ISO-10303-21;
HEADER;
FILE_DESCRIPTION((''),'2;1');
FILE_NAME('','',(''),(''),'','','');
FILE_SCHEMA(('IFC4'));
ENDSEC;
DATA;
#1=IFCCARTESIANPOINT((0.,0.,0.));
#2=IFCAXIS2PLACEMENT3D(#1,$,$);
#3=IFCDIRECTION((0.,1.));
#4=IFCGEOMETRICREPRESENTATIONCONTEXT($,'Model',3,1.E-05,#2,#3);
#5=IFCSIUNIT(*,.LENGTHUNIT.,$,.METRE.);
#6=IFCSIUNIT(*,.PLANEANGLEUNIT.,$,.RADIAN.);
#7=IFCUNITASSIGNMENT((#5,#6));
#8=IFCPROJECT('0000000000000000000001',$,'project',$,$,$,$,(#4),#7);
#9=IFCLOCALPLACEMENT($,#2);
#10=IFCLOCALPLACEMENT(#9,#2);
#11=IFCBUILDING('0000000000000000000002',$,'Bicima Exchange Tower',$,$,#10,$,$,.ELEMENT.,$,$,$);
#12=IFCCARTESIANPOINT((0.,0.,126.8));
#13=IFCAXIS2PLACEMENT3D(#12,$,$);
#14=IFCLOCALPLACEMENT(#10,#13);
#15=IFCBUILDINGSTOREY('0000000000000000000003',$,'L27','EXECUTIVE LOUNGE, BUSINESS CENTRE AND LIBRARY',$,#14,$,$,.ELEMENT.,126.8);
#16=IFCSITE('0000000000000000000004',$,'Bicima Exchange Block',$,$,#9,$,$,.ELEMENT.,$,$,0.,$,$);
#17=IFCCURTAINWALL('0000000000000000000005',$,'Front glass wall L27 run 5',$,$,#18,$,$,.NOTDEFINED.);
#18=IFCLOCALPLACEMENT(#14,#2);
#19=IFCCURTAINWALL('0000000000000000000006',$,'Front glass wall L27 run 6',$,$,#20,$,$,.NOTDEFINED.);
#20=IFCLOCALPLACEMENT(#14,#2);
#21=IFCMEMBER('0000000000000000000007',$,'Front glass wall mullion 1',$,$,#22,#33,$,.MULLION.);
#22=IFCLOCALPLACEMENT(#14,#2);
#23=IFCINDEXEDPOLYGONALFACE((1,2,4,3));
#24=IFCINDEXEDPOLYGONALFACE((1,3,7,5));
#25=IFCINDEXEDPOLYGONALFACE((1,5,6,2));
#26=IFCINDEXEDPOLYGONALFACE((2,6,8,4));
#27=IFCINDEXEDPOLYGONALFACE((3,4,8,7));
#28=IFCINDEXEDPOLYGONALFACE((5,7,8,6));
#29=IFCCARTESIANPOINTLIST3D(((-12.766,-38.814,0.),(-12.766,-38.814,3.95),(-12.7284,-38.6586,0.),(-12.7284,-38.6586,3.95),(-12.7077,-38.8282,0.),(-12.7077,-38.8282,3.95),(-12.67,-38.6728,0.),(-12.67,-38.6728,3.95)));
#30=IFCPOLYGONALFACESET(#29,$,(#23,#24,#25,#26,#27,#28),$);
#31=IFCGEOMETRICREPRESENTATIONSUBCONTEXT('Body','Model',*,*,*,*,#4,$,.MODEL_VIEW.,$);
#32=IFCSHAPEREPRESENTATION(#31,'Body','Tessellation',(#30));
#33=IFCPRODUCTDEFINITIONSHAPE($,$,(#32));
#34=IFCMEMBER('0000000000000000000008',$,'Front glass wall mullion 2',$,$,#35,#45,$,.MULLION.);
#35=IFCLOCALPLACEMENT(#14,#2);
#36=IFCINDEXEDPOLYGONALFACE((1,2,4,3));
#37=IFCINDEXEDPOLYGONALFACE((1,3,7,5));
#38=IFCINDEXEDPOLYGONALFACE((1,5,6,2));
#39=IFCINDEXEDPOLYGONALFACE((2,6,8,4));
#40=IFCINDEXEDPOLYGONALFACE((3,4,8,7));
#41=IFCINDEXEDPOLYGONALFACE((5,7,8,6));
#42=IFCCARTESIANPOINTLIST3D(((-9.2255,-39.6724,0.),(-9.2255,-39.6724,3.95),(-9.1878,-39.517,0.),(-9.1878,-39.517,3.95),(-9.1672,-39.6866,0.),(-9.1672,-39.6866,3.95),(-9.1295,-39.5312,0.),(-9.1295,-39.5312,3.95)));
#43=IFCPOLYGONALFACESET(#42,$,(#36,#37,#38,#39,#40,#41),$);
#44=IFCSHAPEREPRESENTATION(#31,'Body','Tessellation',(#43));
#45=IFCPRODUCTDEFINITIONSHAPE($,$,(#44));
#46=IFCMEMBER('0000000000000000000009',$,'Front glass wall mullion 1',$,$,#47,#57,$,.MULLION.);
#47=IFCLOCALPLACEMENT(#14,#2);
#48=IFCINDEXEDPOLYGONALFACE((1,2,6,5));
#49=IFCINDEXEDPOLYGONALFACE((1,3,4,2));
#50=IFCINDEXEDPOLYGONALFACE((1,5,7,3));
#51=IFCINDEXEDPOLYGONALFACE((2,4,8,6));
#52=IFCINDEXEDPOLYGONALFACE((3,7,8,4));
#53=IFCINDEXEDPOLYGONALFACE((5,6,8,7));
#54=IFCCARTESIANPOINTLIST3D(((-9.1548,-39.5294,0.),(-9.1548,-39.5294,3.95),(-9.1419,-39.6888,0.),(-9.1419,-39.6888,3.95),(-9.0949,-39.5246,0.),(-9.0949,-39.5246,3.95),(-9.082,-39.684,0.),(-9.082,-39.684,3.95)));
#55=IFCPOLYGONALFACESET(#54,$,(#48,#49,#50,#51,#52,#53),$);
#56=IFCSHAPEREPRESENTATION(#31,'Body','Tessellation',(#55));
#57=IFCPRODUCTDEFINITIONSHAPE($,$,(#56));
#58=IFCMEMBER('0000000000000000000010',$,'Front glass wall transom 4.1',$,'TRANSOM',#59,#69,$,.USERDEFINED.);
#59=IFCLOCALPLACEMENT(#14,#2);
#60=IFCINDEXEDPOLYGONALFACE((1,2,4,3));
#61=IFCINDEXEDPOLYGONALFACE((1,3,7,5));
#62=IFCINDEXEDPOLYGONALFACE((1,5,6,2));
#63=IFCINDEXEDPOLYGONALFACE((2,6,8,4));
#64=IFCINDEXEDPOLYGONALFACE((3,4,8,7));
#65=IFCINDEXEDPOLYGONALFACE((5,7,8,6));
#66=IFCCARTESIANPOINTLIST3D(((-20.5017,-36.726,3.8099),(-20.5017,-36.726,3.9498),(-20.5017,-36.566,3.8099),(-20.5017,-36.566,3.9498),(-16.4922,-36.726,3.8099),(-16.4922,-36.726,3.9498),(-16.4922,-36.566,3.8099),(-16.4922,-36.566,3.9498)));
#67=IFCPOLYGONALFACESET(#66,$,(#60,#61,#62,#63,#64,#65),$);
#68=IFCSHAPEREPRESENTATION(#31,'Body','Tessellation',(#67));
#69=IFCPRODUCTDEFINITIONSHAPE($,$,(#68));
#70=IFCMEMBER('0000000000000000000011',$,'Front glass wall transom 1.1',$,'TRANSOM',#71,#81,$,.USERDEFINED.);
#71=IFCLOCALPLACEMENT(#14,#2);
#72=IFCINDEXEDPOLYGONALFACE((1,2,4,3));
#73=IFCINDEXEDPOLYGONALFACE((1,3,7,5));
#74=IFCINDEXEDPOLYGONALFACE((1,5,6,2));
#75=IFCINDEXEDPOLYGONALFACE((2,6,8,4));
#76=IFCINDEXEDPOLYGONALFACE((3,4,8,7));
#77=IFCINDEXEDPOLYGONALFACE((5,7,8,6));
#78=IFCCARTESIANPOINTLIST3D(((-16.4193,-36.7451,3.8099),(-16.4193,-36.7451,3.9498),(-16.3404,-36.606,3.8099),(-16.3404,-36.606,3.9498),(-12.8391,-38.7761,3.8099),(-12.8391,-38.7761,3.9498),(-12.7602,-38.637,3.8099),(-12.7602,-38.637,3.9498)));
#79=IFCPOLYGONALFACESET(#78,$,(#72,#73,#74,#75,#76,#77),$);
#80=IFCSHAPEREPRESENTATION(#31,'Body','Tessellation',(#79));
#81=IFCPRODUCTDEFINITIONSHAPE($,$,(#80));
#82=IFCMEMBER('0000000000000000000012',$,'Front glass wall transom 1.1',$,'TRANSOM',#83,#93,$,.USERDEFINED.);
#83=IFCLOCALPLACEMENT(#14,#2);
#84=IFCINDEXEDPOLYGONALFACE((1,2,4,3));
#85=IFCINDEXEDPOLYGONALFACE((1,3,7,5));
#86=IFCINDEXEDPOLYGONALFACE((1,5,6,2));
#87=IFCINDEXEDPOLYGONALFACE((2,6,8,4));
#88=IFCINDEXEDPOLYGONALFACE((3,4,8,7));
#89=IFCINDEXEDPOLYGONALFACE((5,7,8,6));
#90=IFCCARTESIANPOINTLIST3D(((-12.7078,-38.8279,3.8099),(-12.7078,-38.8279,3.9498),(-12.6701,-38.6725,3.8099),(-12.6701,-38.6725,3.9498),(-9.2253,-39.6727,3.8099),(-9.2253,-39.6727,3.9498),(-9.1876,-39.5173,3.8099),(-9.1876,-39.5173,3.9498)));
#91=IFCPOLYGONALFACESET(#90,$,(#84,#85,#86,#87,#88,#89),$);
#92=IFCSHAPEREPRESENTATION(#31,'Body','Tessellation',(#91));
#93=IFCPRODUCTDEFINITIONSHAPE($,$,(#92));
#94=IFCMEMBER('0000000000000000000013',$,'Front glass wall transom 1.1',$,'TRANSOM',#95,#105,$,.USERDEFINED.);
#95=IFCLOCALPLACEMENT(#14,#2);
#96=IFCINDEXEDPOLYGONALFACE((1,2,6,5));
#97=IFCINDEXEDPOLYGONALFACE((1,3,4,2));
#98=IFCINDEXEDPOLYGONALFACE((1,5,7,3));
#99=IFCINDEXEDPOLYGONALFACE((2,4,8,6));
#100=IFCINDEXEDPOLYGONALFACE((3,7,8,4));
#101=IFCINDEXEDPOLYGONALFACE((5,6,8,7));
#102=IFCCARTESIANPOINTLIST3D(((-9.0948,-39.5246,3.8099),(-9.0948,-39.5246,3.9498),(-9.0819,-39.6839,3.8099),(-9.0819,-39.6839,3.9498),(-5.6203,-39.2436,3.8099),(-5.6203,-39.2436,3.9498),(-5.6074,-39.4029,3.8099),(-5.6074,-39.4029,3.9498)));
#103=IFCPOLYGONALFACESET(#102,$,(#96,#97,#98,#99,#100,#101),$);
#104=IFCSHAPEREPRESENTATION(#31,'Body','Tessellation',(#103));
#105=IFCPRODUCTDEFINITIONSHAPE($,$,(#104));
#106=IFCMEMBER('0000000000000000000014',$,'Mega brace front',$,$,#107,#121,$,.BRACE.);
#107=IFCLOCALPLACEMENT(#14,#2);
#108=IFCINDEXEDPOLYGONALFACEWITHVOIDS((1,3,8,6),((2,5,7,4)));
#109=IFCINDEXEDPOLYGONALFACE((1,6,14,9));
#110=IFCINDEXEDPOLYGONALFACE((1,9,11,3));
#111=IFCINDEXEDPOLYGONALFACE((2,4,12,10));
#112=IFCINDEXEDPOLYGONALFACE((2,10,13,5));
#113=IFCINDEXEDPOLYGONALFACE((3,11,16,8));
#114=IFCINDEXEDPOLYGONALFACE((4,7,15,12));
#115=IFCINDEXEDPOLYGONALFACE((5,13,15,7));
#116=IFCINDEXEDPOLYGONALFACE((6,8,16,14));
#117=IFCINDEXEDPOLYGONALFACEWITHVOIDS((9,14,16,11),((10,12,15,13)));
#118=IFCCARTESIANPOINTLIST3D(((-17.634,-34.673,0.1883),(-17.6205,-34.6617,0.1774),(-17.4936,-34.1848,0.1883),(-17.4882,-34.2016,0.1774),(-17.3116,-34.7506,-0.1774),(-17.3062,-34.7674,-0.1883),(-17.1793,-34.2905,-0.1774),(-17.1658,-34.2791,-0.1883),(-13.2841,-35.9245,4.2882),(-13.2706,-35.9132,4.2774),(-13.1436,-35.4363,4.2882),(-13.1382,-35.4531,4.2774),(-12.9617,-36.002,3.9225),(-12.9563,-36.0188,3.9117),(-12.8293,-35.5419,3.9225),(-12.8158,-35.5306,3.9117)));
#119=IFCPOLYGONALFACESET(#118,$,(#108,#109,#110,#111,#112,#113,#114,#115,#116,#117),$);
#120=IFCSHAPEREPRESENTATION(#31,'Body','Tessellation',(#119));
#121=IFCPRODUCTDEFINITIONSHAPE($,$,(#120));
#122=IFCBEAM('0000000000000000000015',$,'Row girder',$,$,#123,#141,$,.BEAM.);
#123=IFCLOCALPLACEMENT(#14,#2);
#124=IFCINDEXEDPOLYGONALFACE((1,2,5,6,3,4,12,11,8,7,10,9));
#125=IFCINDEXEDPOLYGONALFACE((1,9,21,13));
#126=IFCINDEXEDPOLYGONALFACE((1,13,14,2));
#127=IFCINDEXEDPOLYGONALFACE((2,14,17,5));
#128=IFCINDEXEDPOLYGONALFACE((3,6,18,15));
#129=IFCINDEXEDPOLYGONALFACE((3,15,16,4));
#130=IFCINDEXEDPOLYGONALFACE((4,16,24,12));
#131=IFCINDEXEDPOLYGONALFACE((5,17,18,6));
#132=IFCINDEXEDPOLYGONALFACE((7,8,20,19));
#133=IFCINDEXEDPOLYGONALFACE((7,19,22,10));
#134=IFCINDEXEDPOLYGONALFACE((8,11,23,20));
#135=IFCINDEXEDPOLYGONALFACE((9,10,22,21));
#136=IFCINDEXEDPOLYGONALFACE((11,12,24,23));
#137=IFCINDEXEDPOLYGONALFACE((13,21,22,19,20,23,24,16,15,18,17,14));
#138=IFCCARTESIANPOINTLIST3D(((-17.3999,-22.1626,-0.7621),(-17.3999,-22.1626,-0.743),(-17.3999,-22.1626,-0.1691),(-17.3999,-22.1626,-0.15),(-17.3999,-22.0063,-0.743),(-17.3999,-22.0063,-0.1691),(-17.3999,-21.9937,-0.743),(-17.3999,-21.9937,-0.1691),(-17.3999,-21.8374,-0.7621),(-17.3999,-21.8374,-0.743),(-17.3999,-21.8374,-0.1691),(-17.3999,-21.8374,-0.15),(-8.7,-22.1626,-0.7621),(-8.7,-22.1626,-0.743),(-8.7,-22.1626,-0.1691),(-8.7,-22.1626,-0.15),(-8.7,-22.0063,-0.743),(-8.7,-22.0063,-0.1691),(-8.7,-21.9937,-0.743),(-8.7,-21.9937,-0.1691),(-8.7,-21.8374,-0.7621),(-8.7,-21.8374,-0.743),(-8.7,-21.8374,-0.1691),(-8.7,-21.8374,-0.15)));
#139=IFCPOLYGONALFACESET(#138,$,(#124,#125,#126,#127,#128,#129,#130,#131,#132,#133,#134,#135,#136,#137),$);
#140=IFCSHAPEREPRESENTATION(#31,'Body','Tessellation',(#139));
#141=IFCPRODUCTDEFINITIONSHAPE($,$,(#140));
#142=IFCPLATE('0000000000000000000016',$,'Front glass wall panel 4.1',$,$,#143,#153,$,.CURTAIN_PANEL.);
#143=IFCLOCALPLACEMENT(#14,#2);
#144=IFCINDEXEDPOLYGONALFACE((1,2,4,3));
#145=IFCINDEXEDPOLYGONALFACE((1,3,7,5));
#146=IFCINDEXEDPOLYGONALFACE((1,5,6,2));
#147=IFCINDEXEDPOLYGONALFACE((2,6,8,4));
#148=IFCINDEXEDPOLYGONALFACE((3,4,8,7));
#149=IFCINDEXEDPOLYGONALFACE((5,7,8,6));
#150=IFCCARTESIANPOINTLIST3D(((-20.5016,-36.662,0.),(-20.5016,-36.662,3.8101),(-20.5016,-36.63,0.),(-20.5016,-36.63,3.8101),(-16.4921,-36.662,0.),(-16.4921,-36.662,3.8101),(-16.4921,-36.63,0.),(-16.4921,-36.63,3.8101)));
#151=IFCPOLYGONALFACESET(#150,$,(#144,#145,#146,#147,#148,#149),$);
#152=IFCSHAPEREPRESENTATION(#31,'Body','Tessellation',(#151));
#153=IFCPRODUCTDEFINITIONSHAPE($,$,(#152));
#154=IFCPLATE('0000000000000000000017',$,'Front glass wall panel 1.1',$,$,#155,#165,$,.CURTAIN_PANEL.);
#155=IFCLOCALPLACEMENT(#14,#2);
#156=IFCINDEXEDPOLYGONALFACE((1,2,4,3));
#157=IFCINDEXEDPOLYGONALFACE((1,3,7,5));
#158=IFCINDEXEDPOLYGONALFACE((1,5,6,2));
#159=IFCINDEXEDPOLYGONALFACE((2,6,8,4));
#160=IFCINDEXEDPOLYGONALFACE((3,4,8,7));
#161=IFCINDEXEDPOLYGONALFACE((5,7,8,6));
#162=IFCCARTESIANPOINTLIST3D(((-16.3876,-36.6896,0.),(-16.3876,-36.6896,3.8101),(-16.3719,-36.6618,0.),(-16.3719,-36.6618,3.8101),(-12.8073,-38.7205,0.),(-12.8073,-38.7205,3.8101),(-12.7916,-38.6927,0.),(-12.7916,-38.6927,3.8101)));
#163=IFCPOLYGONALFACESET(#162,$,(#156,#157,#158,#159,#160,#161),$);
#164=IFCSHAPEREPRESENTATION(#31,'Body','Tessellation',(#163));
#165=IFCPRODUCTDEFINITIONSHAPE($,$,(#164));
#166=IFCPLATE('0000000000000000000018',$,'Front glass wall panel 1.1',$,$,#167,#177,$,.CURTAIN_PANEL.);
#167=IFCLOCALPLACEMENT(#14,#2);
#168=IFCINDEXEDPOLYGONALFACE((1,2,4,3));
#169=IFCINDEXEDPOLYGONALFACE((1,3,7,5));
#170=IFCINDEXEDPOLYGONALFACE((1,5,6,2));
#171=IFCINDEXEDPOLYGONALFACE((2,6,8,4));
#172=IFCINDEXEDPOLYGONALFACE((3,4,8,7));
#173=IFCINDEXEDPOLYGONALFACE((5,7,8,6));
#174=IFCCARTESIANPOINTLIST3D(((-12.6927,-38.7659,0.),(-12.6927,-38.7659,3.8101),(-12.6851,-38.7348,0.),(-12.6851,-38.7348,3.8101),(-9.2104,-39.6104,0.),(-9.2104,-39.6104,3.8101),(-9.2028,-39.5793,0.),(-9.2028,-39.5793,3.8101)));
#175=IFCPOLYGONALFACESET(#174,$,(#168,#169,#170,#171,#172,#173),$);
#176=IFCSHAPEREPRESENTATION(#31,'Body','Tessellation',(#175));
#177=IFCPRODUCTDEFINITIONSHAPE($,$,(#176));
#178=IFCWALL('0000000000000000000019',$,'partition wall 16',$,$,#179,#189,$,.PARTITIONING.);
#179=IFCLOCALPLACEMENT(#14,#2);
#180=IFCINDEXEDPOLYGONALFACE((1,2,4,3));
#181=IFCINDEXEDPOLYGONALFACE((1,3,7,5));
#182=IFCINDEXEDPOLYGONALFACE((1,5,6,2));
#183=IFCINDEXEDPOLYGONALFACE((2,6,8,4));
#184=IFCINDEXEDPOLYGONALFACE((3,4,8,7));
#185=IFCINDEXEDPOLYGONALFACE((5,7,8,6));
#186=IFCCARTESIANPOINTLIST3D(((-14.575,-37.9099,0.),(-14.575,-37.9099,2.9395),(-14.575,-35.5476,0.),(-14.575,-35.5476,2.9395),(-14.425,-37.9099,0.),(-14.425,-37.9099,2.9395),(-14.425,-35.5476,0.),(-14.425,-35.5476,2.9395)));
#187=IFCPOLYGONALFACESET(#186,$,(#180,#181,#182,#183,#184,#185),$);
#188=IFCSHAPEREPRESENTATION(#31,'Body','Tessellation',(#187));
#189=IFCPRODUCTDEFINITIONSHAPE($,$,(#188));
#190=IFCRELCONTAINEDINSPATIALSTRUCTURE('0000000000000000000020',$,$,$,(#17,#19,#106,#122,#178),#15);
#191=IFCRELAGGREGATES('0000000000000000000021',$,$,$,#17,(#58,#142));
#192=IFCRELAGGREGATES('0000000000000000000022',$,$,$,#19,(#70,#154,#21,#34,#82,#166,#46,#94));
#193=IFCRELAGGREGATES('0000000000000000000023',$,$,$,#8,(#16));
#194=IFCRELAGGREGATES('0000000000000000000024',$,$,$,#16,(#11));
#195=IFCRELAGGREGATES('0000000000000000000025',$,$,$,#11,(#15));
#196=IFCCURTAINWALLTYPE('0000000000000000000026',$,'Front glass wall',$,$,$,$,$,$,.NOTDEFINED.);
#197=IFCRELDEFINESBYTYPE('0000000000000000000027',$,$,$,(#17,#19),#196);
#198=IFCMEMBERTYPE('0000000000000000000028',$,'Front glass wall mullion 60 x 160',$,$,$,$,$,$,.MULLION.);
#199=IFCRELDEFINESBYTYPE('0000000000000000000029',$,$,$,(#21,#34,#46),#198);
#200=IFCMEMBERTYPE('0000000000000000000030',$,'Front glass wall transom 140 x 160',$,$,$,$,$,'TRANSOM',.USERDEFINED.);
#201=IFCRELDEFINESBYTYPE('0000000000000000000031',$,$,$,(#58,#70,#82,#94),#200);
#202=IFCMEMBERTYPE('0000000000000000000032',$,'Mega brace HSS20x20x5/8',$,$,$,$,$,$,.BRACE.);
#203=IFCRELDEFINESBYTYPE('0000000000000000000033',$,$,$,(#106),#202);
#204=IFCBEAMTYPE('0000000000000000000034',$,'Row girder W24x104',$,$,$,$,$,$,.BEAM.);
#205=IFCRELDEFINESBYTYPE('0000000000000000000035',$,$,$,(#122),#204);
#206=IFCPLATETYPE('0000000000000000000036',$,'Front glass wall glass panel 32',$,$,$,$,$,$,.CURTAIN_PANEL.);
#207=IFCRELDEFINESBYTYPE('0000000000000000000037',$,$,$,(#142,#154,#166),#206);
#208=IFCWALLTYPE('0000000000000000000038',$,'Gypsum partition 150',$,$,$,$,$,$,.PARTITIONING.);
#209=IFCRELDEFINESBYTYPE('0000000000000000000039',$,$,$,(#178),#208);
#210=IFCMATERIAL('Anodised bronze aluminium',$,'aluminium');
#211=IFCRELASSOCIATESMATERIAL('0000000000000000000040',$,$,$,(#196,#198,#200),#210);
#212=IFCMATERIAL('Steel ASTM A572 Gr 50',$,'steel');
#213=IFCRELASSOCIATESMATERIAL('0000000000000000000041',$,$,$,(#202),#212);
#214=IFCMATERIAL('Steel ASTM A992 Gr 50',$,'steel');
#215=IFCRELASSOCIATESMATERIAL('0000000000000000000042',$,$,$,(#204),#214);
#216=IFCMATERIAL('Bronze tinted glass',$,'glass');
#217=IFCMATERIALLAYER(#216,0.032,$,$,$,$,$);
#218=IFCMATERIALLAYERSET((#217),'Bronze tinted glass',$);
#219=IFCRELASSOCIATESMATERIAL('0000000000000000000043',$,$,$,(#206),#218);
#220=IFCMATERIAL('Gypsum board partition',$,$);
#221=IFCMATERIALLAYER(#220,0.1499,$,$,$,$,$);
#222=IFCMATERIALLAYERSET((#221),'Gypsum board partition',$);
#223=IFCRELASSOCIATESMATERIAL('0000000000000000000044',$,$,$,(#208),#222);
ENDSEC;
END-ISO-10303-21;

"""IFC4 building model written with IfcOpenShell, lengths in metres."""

from ifc_helpers import new_model, si_unit, direction, frame, frame_2d, origin, origin_2d, place, context, subcontext, project, spatial, rectangle, hollow_rectangle, i_section, extrude, material, layer, layer_set, material_profile, profile_set, type_object, element, aggregate, save


model = new_model("IFC4")

# Units and contexts
model_context = context("Model", 3, precision=1e-05, world=origin(), true_north=direction((0.0, 1.0)))
body_context = subcontext(model_context, "Body", "Model", "MODEL_VIEW")
ifc_project = project(units=[si_unit("LENGTHUNIT", "METRE"), si_unit("PLANEANGLEUNIT", "RADIAN")], contexts=[model_context])

# Site, building, storey
site_placement = place(None, origin())
site = spatial("IfcSite", under=ifc_project, at=site_placement, Name="Bicima Exchange Block", CompositionType="ELEMENT", RefElevation=0.0)
building_placement = place(site_placement, origin())
building = spatial("IfcBuilding", under=site, at=building_placement, Name="Bicima Exchange Tower", CompositionType="ELEMENT")
storey_placement = place(building_placement, frame((0.0, 0.0, 126.8)))
storey = spatial("IfcBuildingStorey", under=building, at=storey_placement, Name="L27", Description="EXECUTIVE LOUNGE, BUSINESS CENTRE AND LIBRARY", CompositionType="ELEMENT", Elevation=126.8)

# Shared definitions
ifc_material_1 = material(Name="Steel ASTM A992 Gr 50", Category="steel")

# Curtain walls, members
ifc_material_2 = material(Name="Anodised bronze aluminium", Category="aluminium")
curtain_wall_type = type_object("IfcCurtainWallType", Name="Front glass wall", PredefinedType="NOTDEFINED", material=ifc_material_2)
curtain_wall_1_placement = place(storey_placement, origin())
curtain_wall_1 = element("IfcCurtainWall", 1, at=curtain_wall_1_placement, inside=storey, type_object=curtain_wall_type, Name="Front glass wall L27 run 5", PredefinedType="NOTDEFINED")
ifc_material_profile_1 = material_profile(ifc_material_2, rectangle(XDim=0.1599, YDim=0.0601, at=origin_2d()))
ifc_profile_set_1 = profile_set([ifc_material_profile_1], Name="Anodised bronze aluminium")
member_type_1 = type_object("IfcMemberType", Name="Front glass wall mullion 60 x 160", PredefinedType="MULLION", material=ifc_profile_set_1)
curtain_wall_2_placement = place(storey_placement, origin())
curtain_wall_2 = element("IfcCurtainWall", 2, at=curtain_wall_2_placement, inside=storey, type_object=curtain_wall_type, Name="Front glass wall L27 run 6", PredefinedType="NOTDEFINED")
member_1_placement = place(storey_placement, frame((-12.718, -38.7434, 0.0), z_axis=(0.0, 0.0, 1.0), x_axis=(0.235682, 0.97183, 0.0)))
member_1 = element("IfcMember", 3, at=member_1_placement, type_object=member_type_1, Name="Front glass wall mullion 1", PredefinedType="MULLION", context=body_context, shape_type="SweptSolid", body=[
    extrude(rectangle(XDim=0.1599, YDim=0.0601, at=origin_2d()), origin(), (0.0, 0.0, 1.0), 3.95),
])
member_2_placement = place(storey_placement, frame((-9.1775, -39.6018, 0.0), z_axis=(0.0, 0.0, 1.0), x_axis=(0.235682, 0.97183, 0.0)))
member_2 = element("IfcMember", 4, at=member_2_placement, type_object=member_type_1, Name="Front glass wall mullion 2", PredefinedType="MULLION", context=body_context, shape_type="SweptSolid", body=[
    extrude(rectangle(XDim=0.1599, YDim=0.0601, at=origin_2d()), origin(), (0.0, 0.0, 1.0), 3.95),
])
member_3_placement = place(storey_placement, frame((-9.1184, -39.6067, 0.0), z_axis=(0.0, 0.0, 1.0), x_axis=(-0.080589, 0.996747, 0.0)))
member_3 = element("IfcMember", 5, at=member_3_placement, type_object=member_type_1, Name="Front glass wall mullion 1", PredefinedType="MULLION", context=body_context, shape_type="SweptSolid", body=[
    extrude(rectangle(XDim=0.1599, YDim=0.0601, at=origin_2d()), origin(), (0.0, 0.0, 1.0), 3.95),
])

# Members
ifc_material_profile_2 = material_profile(ifc_material_2, rectangle(XDim=0.1599, YDim=0.1399, at=origin_2d()))
ifc_profile_set_2 = profile_set([ifc_material_profile_2], Name="Anodised bronze aluminium")
member_type_2 = type_object("IfcMemberType", Name="Front glass wall transom 140 x 160", ElementType="TRANSOM", PredefinedType="USERDEFINED", material=ifc_profile_set_2)
member_4_placement = place(storey_placement, frame((-20.5017, -36.646, 3.8799), z_axis=(1.0, 0.0, 0.0), x_axis=(0.0, 1.0, 0.0)))
member_4 = element("IfcMember", 6, at=member_4_placement, type_object=member_type_2, Name="Front glass wall transom 4.1", ObjectType="TRANSOM", PredefinedType="USERDEFINED", context=body_context, shape_type="SweptSolid", body=[
    extrude(rectangle(XDim=0.1599, YDim=0.1399, at=origin_2d()), origin(), (0.0, 0.0, 1.0), 4.0095),
])
member_5_placement = place(storey_placement, frame((-16.3799, -36.6755, 3.8799), z_axis=(0.869797, -0.493409, 0.0), x_axis=(0.493409, 0.869797, 0.0)))
member_5 = element("IfcMember", 7, at=member_5_placement, type_object=member_type_2, Name="Front glass wall transom 1.1", ObjectType="TRANSOM", PredefinedType="USERDEFINED", context=body_context, shape_type="SweptSolid", body=[
    extrude(rectangle(XDim=0.1599, YDim=0.1399, at=origin_2d()), origin(), (0.0, 0.0, 1.0), 4.1162),
])
member_6_placement = place(storey_placement, frame((-12.689, -38.7502, 3.8799), z_axis=(0.971818, -0.235733, 0.0), x_axis=(0.235733, 0.971818, 0.0)))
member_6 = element("IfcMember", 8, at=member_6_placement, type_object=member_type_2, Name="Front glass wall transom 1.1", ObjectType="TRANSOM", PredefinedType="USERDEFINED", context=body_context, shape_type="SweptSolid", body=[
    extrude(rectangle(XDim=0.1599, YDim=0.1399, at=origin_2d()), origin(), (0.0, 0.0, 1.0), 3.5835),
])
member_7_placement = place(storey_placement, frame((-9.0884, -39.6042, 3.8799), z_axis=(0.996746, 0.080611, 0.0), x_axis=(-0.080611, 0.996746, 0.0)))
member_7 = element("IfcMember", 9, at=member_7_placement, type_object=member_type_2, Name="Front glass wall transom 1.1", ObjectType="TRANSOM", PredefinedType="USERDEFINED", context=body_context, shape_type="SweptSolid", body=[
    extrude(rectangle(XDim=0.1599, YDim=0.1399, at=origin_2d()), origin(), (0.0, 0.0, 1.0), 3.4858),
])
ifc_material_3 = material(Name="Steel ASTM A572 Gr 50", Category="steel")
ifc_material_profile_3 = material_profile(ifc_material_3, hollow_rectangle(XDim=0.5081, YDim=0.5081, WallThickness=0.0146, at=origin_2d()))
ifc_profile_set_3 = profile_set([ifc_material_profile_3], Name="Steel ASTM A572 Gr 50")
member_type_3 = type_object("IfcMemberType", Name="Mega brace HSS20x20x5/8", PredefinedType="BRACE", material=ifc_profile_set_3)
member_8_placement = place(storey_placement, frame((-17.3999, -34.4761, 0.0), z_axis=(0.712266, -0.204921, 0.67133), x_axis=(0.276487, 0.961018, 0.0)))
element("IfcMember", 10, at=member_8_placement, inside=storey, type_object=member_type_3, Name="Mega brace front", PredefinedType="BRACE", context=body_context, shape_type="SweptSolid", body=[
    extrude(hollow_rectangle(XDim=0.5081, YDim=0.5081, WallThickness=0.0146, at=origin_2d()), origin(), (0.0, 0.0, 1.0), 6.1072),
])

# Beam
ifc_material_profile_4 = material_profile(ifc_material_1, i_section(OverallWidth=0.3252, OverallDepth=0.6121, WebThickness=0.0127, FlangeThickness=0.019, at=origin_2d()))
ifc_profile_set_4 = profile_set([ifc_material_profile_4], Name="Steel ASTM A992 Gr 50")
beam_type_1 = type_object("IfcBeamType", Name="Row girder W24x104", PredefinedType="BEAM", material=ifc_profile_set_4)
beam_1_placement = place(storey_placement, frame((-17.3999, -22.0, -0.4561), z_axis=(1.0, 0.0, 0.0), x_axis=(0.0, 1.0, 0.0)))
element("IfcBeam", 11, at=beam_1_placement, inside=storey, type_object=beam_type_1, Name="Row girder", PredefinedType="BEAM", context=body_context, shape_type="SweptSolid", body=[
    extrude(i_section(OverallWidth=0.3252, OverallDepth=0.6121, WebThickness=0.0127, FlangeThickness=0.019, at=origin_2d()), origin(), (0.0, 0.0, 1.0), 8.7),
])

# Plates
ifc_material_4 = material(Name="Bronze tinted glass", Category="glass")
ifc_layer_1 = layer(ifc_material_4, 0.032)
ifc_layer_set_1 = layer_set([ifc_layer_1], Name="Bronze tinted glass")
plate_type = type_object("IfcPlateType", Name="Front glass wall glass panel 32", PredefinedType="CURTAIN_PANEL", material=ifc_layer_set_1)
plate_1_placement = place(storey_placement, frame((-18.4968, -36.646, 0.0), z_axis=(0.0, 0.0, 1.0), x_axis=(1.0, 0.0, 0.0)))
plate_1 = element("IfcPlate", 12, at=plate_1_placement, type_object=plate_type, Name="Front glass wall panel 4.1", PredefinedType="CURTAIN_PANEL", context=body_context, shape_type="SweptSolid", body=[
    extrude(rectangle(XDim=4.0095, YDim=0.032, at=origin_2d()), origin(), (0.0, 0.0, 1.0), 3.8101),
])
aggregate(curtain_wall_1, [member_4, plate_1])
plate_2_placement = place(storey_placement, frame((-14.5896, -37.6912, 0.0), z_axis=(0.0, 0.0, 1.0), x_axis=(0.869805, -0.493395, 0.0)))
plate_2 = element("IfcPlate", 13, at=plate_2_placement, type_object=plate_type, Name="Front glass wall panel 1.1", PredefinedType="CURTAIN_PANEL", context=body_context, shape_type="SweptSolid", body=[
    extrude(rectangle(XDim=4.1162, YDim=0.032, at=origin_2d()), origin(), (0.0, 0.0, 1.0), 3.8101),
])
plate_3_placement = place(storey_placement, frame((-10.9478, -39.1726, 0.0), z_axis=(0.0, 0.0, 1.0), x_axis=(0.97183, -0.235682, 0.0)))
plate_3 = element("IfcPlate", 14, at=plate_3_placement, type_object=plate_type, Name="Front glass wall panel 1.1", PredefinedType="CURTAIN_PANEL", context=body_context, shape_type="SweptSolid", body=[
    extrude(rectangle(XDim=3.5833, YDim=0.032, at=origin_2d()), origin(), (0.0, 0.0, 1.0), 3.8101),
])
aggregate(curtain_wall_2, [member_5, plate_2, member_1, member_2, member_6, plate_3, member_3, member_7])

# Wall
ifc_material_5 = material(Name="Gypsum board partition")
ifc_layer_2 = layer(ifc_material_5, 0.1499)
ifc_layer_set_2 = layer_set([ifc_layer_2], Name="Gypsum board partition")
wall_type = type_object("IfcWallType", Name="Gypsum partition 150", PredefinedType="PARTITIONING", material=ifc_layer_set_2)
wall_1_placement = place(storey_placement, frame((-14.5, -37.9099, 0.0), z_axis=(0.0, 0.0, 1.0), x_axis=(0.0, 1.0, 0.0)))
element("IfcWall", 15, at=wall_1_placement, inside=storey, type_object=wall_type, Name="partition wall 16", PredefinedType="PARTITIONING", context=body_context, shape_type="SweptSolid", body=[
    extrude(rectangle(XDim=2.3623, YDim=0.1499, at=frame_2d((1.1812, 0.0))), origin(), (0.0, 0.0, 1.0), 2.9395),
])

save(model, "model.ifc")
